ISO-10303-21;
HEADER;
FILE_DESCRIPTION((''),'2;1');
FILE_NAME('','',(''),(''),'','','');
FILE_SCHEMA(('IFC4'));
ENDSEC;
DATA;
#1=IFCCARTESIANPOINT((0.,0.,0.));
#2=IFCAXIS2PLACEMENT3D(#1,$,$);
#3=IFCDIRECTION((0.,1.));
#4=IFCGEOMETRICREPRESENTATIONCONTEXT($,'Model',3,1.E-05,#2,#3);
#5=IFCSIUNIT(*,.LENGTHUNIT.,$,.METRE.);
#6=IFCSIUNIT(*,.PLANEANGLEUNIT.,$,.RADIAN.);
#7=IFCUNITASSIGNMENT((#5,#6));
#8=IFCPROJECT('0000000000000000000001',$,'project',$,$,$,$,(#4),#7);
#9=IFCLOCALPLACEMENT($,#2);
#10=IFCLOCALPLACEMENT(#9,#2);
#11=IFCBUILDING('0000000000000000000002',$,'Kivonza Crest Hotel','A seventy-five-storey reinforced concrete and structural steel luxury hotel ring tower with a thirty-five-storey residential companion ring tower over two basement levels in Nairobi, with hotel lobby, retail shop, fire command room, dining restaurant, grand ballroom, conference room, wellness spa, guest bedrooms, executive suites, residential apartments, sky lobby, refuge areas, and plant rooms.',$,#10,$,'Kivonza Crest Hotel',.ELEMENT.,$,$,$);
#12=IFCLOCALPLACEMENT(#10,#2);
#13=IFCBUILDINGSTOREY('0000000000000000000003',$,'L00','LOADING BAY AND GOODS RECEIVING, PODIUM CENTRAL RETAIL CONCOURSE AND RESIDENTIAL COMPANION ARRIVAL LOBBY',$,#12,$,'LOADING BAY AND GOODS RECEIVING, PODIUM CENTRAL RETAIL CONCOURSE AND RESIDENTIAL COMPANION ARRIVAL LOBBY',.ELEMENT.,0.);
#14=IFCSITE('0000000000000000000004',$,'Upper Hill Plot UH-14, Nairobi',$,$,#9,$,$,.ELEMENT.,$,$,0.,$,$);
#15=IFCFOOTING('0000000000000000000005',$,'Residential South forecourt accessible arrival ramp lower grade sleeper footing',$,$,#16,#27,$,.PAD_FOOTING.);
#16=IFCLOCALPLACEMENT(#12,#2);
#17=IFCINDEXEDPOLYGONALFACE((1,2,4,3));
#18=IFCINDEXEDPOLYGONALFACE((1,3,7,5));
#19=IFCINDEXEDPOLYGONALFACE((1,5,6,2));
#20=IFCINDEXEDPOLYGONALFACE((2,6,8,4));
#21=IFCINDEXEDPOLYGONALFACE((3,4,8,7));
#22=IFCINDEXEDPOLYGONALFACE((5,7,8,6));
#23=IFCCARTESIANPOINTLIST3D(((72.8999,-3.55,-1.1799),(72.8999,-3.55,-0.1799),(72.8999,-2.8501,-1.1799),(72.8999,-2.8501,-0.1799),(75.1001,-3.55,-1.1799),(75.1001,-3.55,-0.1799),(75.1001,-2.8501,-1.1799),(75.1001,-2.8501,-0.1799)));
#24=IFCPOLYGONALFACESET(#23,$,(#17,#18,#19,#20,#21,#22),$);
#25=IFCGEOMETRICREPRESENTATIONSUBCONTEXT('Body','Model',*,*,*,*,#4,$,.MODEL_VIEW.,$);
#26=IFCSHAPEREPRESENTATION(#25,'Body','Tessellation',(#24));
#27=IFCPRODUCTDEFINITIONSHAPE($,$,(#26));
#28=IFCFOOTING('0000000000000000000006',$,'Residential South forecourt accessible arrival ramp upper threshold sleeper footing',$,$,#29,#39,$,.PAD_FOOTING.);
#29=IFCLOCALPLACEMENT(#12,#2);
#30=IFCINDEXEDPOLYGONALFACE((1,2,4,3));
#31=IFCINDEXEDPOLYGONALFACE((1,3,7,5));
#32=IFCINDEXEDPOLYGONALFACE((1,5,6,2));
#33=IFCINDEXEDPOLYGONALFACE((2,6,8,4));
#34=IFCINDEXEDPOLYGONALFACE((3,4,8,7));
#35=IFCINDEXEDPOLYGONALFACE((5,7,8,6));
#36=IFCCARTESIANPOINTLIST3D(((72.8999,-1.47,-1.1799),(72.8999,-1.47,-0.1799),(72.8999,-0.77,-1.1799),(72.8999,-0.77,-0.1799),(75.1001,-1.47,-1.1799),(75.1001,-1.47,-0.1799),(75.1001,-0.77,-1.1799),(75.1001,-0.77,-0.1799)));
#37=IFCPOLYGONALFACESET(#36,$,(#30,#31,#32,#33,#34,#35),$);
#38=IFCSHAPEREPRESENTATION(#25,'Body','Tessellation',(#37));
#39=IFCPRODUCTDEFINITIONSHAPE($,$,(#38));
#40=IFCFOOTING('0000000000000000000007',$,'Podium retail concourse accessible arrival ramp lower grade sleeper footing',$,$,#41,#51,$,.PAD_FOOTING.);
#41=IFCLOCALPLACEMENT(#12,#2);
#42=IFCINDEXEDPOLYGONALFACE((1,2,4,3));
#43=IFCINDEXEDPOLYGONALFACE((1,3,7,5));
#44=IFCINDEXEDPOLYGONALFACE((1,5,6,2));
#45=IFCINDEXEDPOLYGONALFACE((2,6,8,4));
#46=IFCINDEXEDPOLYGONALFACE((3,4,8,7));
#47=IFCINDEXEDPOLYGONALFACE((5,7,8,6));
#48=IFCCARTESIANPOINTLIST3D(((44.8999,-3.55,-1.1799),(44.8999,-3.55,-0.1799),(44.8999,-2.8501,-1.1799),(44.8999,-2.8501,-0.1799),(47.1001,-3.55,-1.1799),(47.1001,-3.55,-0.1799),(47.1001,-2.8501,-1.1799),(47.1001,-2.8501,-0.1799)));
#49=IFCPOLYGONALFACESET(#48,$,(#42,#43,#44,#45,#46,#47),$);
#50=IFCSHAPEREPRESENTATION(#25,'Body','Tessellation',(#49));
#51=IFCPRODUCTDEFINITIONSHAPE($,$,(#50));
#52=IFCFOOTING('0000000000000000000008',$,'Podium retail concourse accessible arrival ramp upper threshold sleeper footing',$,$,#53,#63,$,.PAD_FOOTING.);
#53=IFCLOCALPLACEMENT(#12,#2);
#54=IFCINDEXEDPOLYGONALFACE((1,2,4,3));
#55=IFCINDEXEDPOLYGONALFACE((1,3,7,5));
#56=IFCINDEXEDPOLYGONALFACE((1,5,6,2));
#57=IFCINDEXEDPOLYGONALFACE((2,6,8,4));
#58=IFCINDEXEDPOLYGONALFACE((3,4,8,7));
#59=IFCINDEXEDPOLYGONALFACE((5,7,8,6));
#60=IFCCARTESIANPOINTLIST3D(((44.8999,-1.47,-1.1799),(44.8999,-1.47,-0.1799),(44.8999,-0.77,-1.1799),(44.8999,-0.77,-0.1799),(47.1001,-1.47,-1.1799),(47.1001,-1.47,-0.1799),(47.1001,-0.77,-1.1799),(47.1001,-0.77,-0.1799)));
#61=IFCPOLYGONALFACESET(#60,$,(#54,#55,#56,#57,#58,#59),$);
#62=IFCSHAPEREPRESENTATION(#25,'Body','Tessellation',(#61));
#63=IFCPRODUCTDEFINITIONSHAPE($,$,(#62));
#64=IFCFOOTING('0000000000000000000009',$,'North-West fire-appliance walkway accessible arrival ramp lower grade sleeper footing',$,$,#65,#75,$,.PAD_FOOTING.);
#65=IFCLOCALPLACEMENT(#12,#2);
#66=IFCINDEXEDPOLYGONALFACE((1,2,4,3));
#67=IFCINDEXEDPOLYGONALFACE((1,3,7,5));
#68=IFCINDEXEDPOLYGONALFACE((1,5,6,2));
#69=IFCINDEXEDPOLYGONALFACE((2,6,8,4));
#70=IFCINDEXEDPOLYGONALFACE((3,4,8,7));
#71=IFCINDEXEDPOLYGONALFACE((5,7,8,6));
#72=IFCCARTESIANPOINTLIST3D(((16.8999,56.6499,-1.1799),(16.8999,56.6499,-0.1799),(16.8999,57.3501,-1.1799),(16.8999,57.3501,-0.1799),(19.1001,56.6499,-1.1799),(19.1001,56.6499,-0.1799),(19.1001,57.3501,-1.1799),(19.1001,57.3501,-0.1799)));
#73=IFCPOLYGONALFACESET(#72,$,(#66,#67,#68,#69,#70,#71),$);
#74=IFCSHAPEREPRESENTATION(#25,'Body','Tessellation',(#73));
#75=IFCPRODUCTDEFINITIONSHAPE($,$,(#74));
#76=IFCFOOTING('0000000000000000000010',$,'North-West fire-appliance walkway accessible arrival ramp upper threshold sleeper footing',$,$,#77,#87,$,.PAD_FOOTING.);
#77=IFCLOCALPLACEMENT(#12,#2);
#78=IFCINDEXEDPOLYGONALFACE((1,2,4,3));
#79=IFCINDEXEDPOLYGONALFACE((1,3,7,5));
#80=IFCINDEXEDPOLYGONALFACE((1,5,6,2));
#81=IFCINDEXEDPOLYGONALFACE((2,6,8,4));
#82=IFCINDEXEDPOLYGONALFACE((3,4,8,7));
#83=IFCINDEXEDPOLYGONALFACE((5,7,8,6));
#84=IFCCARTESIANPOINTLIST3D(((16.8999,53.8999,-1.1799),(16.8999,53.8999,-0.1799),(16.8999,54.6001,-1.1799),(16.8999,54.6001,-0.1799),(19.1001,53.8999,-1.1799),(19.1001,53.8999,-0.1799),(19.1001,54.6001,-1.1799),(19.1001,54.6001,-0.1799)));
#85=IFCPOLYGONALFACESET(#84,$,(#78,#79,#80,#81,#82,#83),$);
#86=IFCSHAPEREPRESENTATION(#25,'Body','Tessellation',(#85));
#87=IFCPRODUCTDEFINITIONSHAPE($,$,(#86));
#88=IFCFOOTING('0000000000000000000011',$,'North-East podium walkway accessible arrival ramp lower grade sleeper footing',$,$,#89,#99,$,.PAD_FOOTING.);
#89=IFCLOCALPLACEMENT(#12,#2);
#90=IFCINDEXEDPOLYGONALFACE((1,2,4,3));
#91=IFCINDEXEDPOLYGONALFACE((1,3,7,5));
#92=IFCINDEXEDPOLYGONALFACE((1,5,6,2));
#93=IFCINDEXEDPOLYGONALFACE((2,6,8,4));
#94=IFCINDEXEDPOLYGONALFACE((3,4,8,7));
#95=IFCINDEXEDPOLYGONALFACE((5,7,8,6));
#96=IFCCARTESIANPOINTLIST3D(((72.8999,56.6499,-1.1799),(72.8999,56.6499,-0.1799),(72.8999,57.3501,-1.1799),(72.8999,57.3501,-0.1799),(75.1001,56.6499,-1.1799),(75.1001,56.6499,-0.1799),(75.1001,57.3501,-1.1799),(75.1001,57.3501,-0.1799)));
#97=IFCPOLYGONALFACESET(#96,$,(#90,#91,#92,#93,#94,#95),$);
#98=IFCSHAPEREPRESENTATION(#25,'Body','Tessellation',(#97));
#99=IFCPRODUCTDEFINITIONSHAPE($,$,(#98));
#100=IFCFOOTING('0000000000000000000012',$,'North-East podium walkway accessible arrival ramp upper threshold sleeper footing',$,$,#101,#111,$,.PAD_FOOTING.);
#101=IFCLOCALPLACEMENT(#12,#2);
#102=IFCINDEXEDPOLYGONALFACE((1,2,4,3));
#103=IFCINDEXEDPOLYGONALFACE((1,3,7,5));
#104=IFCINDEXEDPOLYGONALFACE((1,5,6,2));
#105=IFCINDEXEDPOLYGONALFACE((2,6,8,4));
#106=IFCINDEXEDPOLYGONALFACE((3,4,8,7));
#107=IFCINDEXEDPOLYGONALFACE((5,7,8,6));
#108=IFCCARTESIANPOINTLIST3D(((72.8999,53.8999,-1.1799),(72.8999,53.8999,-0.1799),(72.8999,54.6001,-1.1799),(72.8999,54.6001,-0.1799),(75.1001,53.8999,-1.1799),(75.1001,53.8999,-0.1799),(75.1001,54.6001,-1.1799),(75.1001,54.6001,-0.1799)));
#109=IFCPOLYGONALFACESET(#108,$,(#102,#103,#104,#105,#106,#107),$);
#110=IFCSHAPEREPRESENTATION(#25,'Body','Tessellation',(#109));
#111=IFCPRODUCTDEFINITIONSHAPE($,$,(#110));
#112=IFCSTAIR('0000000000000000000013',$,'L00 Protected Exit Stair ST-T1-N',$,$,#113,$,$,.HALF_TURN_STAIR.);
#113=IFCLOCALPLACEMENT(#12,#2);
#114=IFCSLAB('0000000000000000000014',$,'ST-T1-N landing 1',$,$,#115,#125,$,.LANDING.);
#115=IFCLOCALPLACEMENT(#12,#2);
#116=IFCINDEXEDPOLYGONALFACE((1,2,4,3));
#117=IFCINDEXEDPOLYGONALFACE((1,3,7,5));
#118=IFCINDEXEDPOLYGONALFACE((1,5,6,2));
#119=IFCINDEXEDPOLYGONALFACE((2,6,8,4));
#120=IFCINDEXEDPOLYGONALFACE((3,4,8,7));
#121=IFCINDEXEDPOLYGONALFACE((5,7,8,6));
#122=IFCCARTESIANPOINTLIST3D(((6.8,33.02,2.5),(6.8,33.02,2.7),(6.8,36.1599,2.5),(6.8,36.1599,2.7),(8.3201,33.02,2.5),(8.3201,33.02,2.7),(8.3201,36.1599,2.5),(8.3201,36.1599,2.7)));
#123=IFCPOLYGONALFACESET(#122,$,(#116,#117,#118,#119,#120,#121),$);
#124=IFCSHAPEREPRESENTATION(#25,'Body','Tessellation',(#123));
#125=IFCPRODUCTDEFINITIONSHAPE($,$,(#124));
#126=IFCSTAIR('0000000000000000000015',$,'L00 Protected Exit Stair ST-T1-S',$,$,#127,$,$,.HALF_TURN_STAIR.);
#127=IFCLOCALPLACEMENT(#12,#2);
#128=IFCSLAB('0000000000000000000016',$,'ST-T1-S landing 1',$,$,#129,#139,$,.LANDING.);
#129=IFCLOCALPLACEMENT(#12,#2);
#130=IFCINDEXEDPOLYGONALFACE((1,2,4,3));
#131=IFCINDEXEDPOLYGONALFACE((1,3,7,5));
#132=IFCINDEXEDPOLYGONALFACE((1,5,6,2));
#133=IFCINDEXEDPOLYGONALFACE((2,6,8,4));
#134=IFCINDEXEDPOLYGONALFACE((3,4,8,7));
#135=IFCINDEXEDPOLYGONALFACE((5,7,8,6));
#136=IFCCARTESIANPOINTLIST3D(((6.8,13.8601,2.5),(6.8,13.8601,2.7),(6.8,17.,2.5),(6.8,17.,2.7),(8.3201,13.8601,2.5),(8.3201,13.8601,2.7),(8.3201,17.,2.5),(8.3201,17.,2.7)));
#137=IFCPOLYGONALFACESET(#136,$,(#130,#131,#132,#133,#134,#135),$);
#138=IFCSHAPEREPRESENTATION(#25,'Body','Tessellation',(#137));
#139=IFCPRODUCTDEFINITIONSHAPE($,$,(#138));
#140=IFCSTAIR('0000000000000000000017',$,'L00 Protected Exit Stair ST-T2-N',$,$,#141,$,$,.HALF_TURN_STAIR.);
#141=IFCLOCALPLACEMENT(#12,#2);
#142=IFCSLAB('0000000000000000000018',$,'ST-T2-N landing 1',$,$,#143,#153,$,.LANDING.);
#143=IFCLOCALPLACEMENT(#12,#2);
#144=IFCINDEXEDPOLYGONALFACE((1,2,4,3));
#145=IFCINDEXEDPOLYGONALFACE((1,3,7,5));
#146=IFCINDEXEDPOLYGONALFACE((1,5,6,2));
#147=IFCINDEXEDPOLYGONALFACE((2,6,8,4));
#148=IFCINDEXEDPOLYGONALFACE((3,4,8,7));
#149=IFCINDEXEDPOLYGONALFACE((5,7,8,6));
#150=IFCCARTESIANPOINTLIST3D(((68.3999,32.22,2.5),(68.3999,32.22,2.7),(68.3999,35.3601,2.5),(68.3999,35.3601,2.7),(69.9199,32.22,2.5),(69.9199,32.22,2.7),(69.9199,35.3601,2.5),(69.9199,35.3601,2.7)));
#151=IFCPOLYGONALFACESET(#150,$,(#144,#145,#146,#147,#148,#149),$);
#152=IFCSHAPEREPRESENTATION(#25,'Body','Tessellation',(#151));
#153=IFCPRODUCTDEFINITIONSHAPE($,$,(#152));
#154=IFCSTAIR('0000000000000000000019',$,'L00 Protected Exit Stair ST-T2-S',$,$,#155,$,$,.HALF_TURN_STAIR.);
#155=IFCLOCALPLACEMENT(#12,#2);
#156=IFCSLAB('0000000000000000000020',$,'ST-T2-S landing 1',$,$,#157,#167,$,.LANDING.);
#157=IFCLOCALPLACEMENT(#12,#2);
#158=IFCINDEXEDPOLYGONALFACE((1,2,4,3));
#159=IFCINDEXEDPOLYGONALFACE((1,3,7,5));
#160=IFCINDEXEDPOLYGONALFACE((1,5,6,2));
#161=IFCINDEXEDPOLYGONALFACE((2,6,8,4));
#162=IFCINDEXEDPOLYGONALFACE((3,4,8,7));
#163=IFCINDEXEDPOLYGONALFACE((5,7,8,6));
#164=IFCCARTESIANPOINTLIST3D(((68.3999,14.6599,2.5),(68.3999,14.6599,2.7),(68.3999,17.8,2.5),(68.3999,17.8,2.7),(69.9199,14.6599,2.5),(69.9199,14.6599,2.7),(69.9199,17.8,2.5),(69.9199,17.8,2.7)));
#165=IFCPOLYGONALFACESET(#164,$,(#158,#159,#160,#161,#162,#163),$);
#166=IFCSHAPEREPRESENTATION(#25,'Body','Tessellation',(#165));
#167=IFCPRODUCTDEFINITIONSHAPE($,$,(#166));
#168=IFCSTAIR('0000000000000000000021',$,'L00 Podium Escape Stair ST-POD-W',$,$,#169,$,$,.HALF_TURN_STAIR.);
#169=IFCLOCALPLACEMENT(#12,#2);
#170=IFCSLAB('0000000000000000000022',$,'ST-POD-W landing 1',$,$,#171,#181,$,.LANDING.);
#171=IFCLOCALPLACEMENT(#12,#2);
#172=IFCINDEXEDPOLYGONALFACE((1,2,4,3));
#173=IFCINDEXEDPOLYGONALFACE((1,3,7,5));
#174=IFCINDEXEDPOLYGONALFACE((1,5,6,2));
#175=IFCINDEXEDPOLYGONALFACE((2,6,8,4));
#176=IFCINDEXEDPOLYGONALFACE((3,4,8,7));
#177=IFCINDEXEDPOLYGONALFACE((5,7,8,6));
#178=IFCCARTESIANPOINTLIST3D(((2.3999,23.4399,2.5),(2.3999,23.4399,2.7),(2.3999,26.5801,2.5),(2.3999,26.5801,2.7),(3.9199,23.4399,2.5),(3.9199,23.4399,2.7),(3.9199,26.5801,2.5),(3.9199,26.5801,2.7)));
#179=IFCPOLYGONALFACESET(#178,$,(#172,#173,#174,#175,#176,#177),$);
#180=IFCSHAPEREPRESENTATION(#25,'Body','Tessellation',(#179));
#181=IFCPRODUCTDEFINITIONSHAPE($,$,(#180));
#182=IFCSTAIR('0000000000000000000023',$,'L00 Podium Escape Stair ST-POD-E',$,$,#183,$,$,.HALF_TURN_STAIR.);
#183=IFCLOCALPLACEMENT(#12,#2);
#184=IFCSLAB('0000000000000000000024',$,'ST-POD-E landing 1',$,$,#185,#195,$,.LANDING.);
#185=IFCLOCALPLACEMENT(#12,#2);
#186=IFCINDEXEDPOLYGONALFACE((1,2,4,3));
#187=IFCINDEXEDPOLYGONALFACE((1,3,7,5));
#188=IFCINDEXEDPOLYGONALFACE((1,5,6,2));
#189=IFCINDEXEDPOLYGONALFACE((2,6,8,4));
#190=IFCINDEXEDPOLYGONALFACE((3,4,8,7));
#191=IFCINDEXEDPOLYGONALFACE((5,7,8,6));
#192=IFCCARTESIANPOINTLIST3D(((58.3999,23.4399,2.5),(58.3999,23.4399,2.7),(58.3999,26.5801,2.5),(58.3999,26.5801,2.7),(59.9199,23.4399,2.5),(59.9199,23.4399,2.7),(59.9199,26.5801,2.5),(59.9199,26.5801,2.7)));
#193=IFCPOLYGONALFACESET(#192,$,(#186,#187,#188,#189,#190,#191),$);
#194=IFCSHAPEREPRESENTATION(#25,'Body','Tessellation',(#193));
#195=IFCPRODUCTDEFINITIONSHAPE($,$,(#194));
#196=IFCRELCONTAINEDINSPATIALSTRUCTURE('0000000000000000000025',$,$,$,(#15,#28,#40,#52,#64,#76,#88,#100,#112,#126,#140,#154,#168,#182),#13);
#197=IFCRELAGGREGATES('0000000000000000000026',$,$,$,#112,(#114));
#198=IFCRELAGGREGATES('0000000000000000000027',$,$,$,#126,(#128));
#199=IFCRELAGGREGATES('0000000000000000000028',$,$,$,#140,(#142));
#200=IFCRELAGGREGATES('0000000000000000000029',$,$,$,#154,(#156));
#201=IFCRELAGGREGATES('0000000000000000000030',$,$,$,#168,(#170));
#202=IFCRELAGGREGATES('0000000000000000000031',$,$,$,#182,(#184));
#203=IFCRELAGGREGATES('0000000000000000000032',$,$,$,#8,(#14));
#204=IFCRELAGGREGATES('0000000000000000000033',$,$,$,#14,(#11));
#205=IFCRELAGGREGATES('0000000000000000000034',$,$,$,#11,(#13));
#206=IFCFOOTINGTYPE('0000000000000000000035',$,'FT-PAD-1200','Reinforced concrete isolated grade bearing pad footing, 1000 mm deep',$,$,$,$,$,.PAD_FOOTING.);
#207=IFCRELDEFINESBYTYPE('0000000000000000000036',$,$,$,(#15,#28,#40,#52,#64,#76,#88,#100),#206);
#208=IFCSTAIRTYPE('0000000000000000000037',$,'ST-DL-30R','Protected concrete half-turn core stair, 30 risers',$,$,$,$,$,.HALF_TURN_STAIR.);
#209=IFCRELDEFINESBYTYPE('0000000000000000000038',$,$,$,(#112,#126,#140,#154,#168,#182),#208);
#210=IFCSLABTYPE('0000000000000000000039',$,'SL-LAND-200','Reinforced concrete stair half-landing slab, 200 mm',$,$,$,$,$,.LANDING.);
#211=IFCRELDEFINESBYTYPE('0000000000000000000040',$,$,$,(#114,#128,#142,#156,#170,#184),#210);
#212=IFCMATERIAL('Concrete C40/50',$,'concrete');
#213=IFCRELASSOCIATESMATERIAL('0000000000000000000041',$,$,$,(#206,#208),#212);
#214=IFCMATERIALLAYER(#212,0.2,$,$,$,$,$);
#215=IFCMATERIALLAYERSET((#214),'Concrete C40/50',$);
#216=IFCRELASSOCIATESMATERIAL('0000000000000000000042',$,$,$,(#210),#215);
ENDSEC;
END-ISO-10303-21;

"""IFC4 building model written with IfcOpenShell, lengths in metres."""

from ifc_helpers import new_model, si_unit, direction, frame, origin, place, context, subcontext, project, spatial, polyline, outline, extrude, material, layer, layer_set, type_object, element, aggregate, save


model = new_model("IFC4")

# Units and contexts
model_context = context("Model", 3, precision=1e-05, world=origin(), true_north=direction((0.0, 1.0)))
body_context = subcontext(model_context, "Body", "Model", "MODEL_VIEW")
ifc_project = project(units=[si_unit("LENGTHUNIT", "METRE"), si_unit("PLANEANGLEUNIT", "RADIAN")], contexts=[model_context])

# Site, building, storey
site_placement = place(None, origin())
site = spatial("IfcSite", under=ifc_project, at=site_placement, Name="Upper Hill Plot UH-14, Nairobi", CompositionType="ELEMENT", RefElevation=0.0)
building_placement = place(site_placement, origin())
building = spatial("IfcBuilding", under=site, at=building_placement, Name="Kivonza Crest Hotel", Description="A seventy-five-storey reinforced concrete and structural steel luxury hotel ring tower with a thirty-five-storey residential companion ring tower over two basement levels in Nairobi, with hotel lobby, retail shop, fire command room, dining restaurant, grand ballroom, conference room, wellness spa, guest bedrooms, executive suites, residential apartments, sky lobby, refuge areas, and plant rooms.", LongName="Kivonza Crest Hotel", CompositionType="ELEMENT")
storey_placement = place(building_placement, origin())
storey = spatial("IfcBuildingStorey", under=building, at=storey_placement, Name="L00", Description="LOADING BAY AND GOODS RECEIVING, PODIUM CENTRAL RETAIL CONCOURSE AND RESIDENTIAL COMPANION ARRIVAL LOBBY", LongName="LOADING BAY AND GOODS RECEIVING, PODIUM CENTRAL RETAIL CONCOURSE AND RESIDENTIAL COMPANION ARRIVAL LOBBY", CompositionType="ELEMENT", Elevation=0.0)

# Footings
ifc_material_1 = material(Name="Concrete C40/50", Category="concrete")
footing_type = type_object("IfcFootingType", Name="FT-PAD-1200", Description="Reinforced concrete isolated grade bearing pad footing, 1000 mm deep", PredefinedType="PAD_FOOTING", material=ifc_material_1)
footing_1_placement = place(storey_placement, frame((0.0, 0.0, -1.1799)))
element("IfcFooting", 1, at=footing_1_placement, inside=storey, type_object=footing_type, Name="Residential South forecourt accessible arrival ramp lower grade sleeper footing", PredefinedType="PAD_FOOTING", context=body_context, shape_type="SweptSolid", body=[
    extrude(outline(polyline([(72.8999, -3.55), (75.1001, -3.55), (75.1001, -2.8501), (72.8999, -2.8501), (72.8999, -3.55)])), origin(), (0.0, 0.0, 1.0), 1.0),
])
footing_2_placement = place(storey_placement, frame((0.0, 0.0, -1.1799)))
element("IfcFooting", 2, at=footing_2_placement, inside=storey, type_object=footing_type, Name="Residential South forecourt accessible arrival ramp upper threshold sleeper footing", PredefinedType="PAD_FOOTING", context=body_context, shape_type="SweptSolid", body=[
    extrude(outline(polyline([(72.8999, -1.47), (75.1001, -1.47), (75.1001, -0.77), (72.8999, -0.77), (72.8999, -1.47)])), origin(), (0.0, 0.0, 1.0), 1.0),
])
footing_3_placement = place(storey_placement, frame((0.0, 0.0, -1.1799)))
element("IfcFooting", 3, at=footing_3_placement, inside=storey, type_object=footing_type, Name="Podium retail concourse accessible arrival ramp lower grade sleeper footing", PredefinedType="PAD_FOOTING", context=body_context, shape_type="SweptSolid", body=[
    extrude(outline(polyline([(44.8999, -3.55), (47.1001, -3.55), (47.1001, -2.8501), (44.8999, -2.8501), (44.8999, -3.55)])), origin(), (0.0, 0.0, 1.0), 1.0),
])
footing_4_placement = place(storey_placement, frame((0.0, 0.0, -1.1799)))
element("IfcFooting", 4, at=footing_4_placement, inside=storey, type_object=footing_type, Name="Podium retail concourse accessible arrival ramp upper threshold sleeper footing", PredefinedType="PAD_FOOTING", context=body_context, shape_type="SweptSolid", body=[
    extrude(outline(polyline([(44.8999, -1.47), (47.1001, -1.47), (47.1001, -0.77), (44.8999, -0.77), (44.8999, -1.47)])), origin(), (0.0, 0.0, 1.0), 1.0),
])
footing_5_placement = place(storey_placement, frame((0.0, 0.0, -1.1799)))
element("IfcFooting", 5, at=footing_5_placement, inside=storey, type_object=footing_type, Name="North-West fire-appliance walkway accessible arrival ramp lower grade sleeper footing", PredefinedType="PAD_FOOTING", context=body_context, shape_type="SweptSolid", body=[
    extrude(outline(polyline([(16.8999, 56.6499), (19.1001, 56.6499), (19.1001, 57.3501), (16.8999, 57.3501), (16.8999, 56.6499)])), origin(), (0.0, 0.0, 1.0), 1.0),
])
footing_6_placement = place(storey_placement, frame((0.0, 0.0, -1.1799)))
element("IfcFooting", 6, at=footing_6_placement, inside=storey, type_object=footing_type, Name="North-West fire-appliance walkway accessible arrival ramp upper threshold sleeper footing", PredefinedType="PAD_FOOTING", context=body_context, shape_type="SweptSolid", body=[
    extrude(outline(polyline([(16.8999, 53.8999), (19.1001, 53.8999), (19.1001, 54.6001), (16.8999, 54.6001), (16.8999, 53.8999)])), origin(), (0.0, 0.0, 1.0), 1.0),
])
footing_7_placement = place(storey_placement, frame((0.0, 0.0, -1.1799)))
element("IfcFooting", 7, at=footing_7_placement, inside=storey, type_object=footing_type, Name="North-East podium walkway accessible arrival ramp lower grade sleeper footing", PredefinedType="PAD_FOOTING", context=body_context, shape_type="SweptSolid", body=[
    extrude(outline(polyline([(72.8999, 56.6499), (75.1001, 56.6499), (75.1001, 57.3501), (72.8999, 57.3501), (72.8999, 56.6499)])), origin(), (0.0, 0.0, 1.0), 1.0),
])
footing_8_placement = place(storey_placement, frame((0.0, 0.0, -1.1799)))
element("IfcFooting", 8, at=footing_8_placement, inside=storey, type_object=footing_type, Name="North-East podium walkway accessible arrival ramp upper threshold sleeper footing", PredefinedType="PAD_FOOTING", context=body_context, shape_type="SweptSolid", body=[
    extrude(outline(polyline([(72.8999, 53.8999), (75.1001, 53.8999), (75.1001, 54.6001), (72.8999, 54.6001), (72.8999, 53.8999)])), origin(), (0.0, 0.0, 1.0), 1.0),
])

# Stairs, slabs
stair_type = type_object("IfcStairType", Name="ST-DL-30R", Description="Protected concrete half-turn core stair, 30 risers", PredefinedType="HALF_TURN_STAIR", material=ifc_material_1)
stair_1_placement = place(storey_placement, origin())
stair_1 = element("IfcStair", 9, at=stair_1_placement, inside=storey, type_object=stair_type, Name="L00 Protected Exit Stair ST-T1-N", PredefinedType="HALF_TURN_STAIR")
ifc_layer_1 = layer(ifc_material_1, 0.2)
ifc_layer_set_1 = layer_set([ifc_layer_1], Name="Concrete C40/50")
slab_type_1 = type_object("IfcSlabType", Name="SL-LAND-200", Description="Reinforced concrete stair half-landing slab, 200 mm", PredefinedType="LANDING", material=ifc_layer_set_1)
slab_1_placement = place(storey_placement, frame((0.0, 0.0, 2.5)))
slab_1 = element("IfcSlab", 10, at=slab_1_placement, type_object=slab_type_1, Name="ST-T1-N landing 1", PredefinedType="LANDING", context=body_context, shape_type="SweptSolid", body=[
    extrude(outline(polyline([(8.3201, 36.1599), (6.8, 36.1599), (6.8, 33.02), (8.3201, 33.02), (8.3201, 36.1599)])), origin(), (0.0, 0.0, 1.0), 0.2),
])
aggregate(stair_1, [slab_1])
stair_2_placement = place(storey_placement, origin())
stair_2 = element("IfcStair", 11, at=stair_2_placement, inside=storey, type_object=stair_type, Name="L00 Protected Exit Stair ST-T1-S", PredefinedType="HALF_TURN_STAIR")
slab_2_placement = place(storey_placement, frame((0.0, 0.0, 2.5)))
slab_2 = element("IfcSlab", 12, at=slab_2_placement, type_object=slab_type_1, Name="ST-T1-S landing 1", PredefinedType="LANDING", context=body_context, shape_type="SweptSolid", body=[
    extrude(outline(polyline([(8.3201, 17.0), (6.8, 17.0), (6.8, 13.8601), (8.3201, 13.8601), (8.3201, 17.0)])), origin(), (0.0, 0.0, 1.0), 0.2),
])
aggregate(stair_2, [slab_2])
stair_3_placement = place(storey_placement, origin())
stair_3 = element("IfcStair", 13, at=stair_3_placement, inside=storey, type_object=stair_type, Name="L00 Protected Exit Stair ST-T2-N", PredefinedType="HALF_TURN_STAIR")
slab_3_placement = place(storey_placement, frame((0.0, 0.0, 2.5)))
slab_3 = element("IfcSlab", 14, at=slab_3_placement, type_object=slab_type_1, Name="ST-T2-N landing 1", PredefinedType="LANDING", context=body_context, shape_type="SweptSolid", body=[
    extrude(outline(polyline([(69.9199, 35.3601), (68.3999, 35.3601), (68.3999, 32.22), (69.9199, 32.22), (69.9199, 35.3601)])), origin(), (0.0, 0.0, 1.0), 0.2),
])
aggregate(stair_3, [slab_3])
stair_4_placement = place(storey_placement, origin())
stair_4 = element("IfcStair", 15, at=stair_4_placement, inside=storey, type_object=stair_type, Name="L00 Protected Exit Stair ST-T2-S", PredefinedType="HALF_TURN_STAIR")
slab_4_placement = place(storey_placement, frame((0.0, 0.0, 2.5)))
slab_4 = element("IfcSlab", 16, at=slab_4_placement, type_object=slab_type_1, Name="ST-T2-S landing 1", PredefinedType="LANDING", context=body_context, shape_type="SweptSolid", body=[
    extrude(outline(polyline([(69.9199, 17.8), (68.3999, 17.8), (68.3999, 14.6599), (69.9199, 14.6599), (69.9199, 17.8)])), origin(), (0.0, 0.0, 1.0), 0.2),
])
aggregate(stair_4, [slab_4])
stair_5_placement = place(storey_placement, origin())
stair_5 = element("IfcStair", 17, at=stair_5_placement, inside=storey, type_object=stair_type, Name="L00 Podium Escape Stair ST-POD-W", PredefinedType="HALF_TURN_STAIR")
slab_5_placement = place(storey_placement, frame((0.0, 0.0, 2.5)))
slab_5 = element("IfcSlab", 18, at=slab_5_placement, type_object=slab_type_1, Name="ST-POD-W landing 1", PredefinedType="LANDING", context=body_context, shape_type="SweptSolid", body=[
    extrude(outline(polyline([(3.9199, 26.5801), (2.3999, 26.5801), (2.3999, 23.4399), (3.9199, 23.4399), (3.9199, 26.5801)])), origin(), (0.0, 0.0, 1.0), 0.2),
])
aggregate(stair_5, [slab_5])
stair_6_placement = place(storey_placement, origin())
stair_6 = element("IfcStair", 19, at=stair_6_placement, inside=storey, type_object=stair_type, Name="L00 Podium Escape Stair ST-POD-E", PredefinedType="HALF_TURN_STAIR")
slab_6_placement = place(storey_placement, frame((0.0, 0.0, 2.5)))
slab_6 = element("IfcSlab", 20, at=slab_6_placement, type_object=slab_type_1, Name="ST-POD-E landing 1", PredefinedType="LANDING", context=body_context, shape_type="SweptSolid", body=[
    extrude(outline(polyline([(59.9199, 26.5801), (58.3999, 26.5801), (58.3999, 23.4399), (59.9199, 23.4399), (59.9199, 26.5801)])), origin(), (0.0, 0.0, 1.0), 0.2),
])
aggregate(stair_6, [slab_6])

save(model, "model.ifc")
